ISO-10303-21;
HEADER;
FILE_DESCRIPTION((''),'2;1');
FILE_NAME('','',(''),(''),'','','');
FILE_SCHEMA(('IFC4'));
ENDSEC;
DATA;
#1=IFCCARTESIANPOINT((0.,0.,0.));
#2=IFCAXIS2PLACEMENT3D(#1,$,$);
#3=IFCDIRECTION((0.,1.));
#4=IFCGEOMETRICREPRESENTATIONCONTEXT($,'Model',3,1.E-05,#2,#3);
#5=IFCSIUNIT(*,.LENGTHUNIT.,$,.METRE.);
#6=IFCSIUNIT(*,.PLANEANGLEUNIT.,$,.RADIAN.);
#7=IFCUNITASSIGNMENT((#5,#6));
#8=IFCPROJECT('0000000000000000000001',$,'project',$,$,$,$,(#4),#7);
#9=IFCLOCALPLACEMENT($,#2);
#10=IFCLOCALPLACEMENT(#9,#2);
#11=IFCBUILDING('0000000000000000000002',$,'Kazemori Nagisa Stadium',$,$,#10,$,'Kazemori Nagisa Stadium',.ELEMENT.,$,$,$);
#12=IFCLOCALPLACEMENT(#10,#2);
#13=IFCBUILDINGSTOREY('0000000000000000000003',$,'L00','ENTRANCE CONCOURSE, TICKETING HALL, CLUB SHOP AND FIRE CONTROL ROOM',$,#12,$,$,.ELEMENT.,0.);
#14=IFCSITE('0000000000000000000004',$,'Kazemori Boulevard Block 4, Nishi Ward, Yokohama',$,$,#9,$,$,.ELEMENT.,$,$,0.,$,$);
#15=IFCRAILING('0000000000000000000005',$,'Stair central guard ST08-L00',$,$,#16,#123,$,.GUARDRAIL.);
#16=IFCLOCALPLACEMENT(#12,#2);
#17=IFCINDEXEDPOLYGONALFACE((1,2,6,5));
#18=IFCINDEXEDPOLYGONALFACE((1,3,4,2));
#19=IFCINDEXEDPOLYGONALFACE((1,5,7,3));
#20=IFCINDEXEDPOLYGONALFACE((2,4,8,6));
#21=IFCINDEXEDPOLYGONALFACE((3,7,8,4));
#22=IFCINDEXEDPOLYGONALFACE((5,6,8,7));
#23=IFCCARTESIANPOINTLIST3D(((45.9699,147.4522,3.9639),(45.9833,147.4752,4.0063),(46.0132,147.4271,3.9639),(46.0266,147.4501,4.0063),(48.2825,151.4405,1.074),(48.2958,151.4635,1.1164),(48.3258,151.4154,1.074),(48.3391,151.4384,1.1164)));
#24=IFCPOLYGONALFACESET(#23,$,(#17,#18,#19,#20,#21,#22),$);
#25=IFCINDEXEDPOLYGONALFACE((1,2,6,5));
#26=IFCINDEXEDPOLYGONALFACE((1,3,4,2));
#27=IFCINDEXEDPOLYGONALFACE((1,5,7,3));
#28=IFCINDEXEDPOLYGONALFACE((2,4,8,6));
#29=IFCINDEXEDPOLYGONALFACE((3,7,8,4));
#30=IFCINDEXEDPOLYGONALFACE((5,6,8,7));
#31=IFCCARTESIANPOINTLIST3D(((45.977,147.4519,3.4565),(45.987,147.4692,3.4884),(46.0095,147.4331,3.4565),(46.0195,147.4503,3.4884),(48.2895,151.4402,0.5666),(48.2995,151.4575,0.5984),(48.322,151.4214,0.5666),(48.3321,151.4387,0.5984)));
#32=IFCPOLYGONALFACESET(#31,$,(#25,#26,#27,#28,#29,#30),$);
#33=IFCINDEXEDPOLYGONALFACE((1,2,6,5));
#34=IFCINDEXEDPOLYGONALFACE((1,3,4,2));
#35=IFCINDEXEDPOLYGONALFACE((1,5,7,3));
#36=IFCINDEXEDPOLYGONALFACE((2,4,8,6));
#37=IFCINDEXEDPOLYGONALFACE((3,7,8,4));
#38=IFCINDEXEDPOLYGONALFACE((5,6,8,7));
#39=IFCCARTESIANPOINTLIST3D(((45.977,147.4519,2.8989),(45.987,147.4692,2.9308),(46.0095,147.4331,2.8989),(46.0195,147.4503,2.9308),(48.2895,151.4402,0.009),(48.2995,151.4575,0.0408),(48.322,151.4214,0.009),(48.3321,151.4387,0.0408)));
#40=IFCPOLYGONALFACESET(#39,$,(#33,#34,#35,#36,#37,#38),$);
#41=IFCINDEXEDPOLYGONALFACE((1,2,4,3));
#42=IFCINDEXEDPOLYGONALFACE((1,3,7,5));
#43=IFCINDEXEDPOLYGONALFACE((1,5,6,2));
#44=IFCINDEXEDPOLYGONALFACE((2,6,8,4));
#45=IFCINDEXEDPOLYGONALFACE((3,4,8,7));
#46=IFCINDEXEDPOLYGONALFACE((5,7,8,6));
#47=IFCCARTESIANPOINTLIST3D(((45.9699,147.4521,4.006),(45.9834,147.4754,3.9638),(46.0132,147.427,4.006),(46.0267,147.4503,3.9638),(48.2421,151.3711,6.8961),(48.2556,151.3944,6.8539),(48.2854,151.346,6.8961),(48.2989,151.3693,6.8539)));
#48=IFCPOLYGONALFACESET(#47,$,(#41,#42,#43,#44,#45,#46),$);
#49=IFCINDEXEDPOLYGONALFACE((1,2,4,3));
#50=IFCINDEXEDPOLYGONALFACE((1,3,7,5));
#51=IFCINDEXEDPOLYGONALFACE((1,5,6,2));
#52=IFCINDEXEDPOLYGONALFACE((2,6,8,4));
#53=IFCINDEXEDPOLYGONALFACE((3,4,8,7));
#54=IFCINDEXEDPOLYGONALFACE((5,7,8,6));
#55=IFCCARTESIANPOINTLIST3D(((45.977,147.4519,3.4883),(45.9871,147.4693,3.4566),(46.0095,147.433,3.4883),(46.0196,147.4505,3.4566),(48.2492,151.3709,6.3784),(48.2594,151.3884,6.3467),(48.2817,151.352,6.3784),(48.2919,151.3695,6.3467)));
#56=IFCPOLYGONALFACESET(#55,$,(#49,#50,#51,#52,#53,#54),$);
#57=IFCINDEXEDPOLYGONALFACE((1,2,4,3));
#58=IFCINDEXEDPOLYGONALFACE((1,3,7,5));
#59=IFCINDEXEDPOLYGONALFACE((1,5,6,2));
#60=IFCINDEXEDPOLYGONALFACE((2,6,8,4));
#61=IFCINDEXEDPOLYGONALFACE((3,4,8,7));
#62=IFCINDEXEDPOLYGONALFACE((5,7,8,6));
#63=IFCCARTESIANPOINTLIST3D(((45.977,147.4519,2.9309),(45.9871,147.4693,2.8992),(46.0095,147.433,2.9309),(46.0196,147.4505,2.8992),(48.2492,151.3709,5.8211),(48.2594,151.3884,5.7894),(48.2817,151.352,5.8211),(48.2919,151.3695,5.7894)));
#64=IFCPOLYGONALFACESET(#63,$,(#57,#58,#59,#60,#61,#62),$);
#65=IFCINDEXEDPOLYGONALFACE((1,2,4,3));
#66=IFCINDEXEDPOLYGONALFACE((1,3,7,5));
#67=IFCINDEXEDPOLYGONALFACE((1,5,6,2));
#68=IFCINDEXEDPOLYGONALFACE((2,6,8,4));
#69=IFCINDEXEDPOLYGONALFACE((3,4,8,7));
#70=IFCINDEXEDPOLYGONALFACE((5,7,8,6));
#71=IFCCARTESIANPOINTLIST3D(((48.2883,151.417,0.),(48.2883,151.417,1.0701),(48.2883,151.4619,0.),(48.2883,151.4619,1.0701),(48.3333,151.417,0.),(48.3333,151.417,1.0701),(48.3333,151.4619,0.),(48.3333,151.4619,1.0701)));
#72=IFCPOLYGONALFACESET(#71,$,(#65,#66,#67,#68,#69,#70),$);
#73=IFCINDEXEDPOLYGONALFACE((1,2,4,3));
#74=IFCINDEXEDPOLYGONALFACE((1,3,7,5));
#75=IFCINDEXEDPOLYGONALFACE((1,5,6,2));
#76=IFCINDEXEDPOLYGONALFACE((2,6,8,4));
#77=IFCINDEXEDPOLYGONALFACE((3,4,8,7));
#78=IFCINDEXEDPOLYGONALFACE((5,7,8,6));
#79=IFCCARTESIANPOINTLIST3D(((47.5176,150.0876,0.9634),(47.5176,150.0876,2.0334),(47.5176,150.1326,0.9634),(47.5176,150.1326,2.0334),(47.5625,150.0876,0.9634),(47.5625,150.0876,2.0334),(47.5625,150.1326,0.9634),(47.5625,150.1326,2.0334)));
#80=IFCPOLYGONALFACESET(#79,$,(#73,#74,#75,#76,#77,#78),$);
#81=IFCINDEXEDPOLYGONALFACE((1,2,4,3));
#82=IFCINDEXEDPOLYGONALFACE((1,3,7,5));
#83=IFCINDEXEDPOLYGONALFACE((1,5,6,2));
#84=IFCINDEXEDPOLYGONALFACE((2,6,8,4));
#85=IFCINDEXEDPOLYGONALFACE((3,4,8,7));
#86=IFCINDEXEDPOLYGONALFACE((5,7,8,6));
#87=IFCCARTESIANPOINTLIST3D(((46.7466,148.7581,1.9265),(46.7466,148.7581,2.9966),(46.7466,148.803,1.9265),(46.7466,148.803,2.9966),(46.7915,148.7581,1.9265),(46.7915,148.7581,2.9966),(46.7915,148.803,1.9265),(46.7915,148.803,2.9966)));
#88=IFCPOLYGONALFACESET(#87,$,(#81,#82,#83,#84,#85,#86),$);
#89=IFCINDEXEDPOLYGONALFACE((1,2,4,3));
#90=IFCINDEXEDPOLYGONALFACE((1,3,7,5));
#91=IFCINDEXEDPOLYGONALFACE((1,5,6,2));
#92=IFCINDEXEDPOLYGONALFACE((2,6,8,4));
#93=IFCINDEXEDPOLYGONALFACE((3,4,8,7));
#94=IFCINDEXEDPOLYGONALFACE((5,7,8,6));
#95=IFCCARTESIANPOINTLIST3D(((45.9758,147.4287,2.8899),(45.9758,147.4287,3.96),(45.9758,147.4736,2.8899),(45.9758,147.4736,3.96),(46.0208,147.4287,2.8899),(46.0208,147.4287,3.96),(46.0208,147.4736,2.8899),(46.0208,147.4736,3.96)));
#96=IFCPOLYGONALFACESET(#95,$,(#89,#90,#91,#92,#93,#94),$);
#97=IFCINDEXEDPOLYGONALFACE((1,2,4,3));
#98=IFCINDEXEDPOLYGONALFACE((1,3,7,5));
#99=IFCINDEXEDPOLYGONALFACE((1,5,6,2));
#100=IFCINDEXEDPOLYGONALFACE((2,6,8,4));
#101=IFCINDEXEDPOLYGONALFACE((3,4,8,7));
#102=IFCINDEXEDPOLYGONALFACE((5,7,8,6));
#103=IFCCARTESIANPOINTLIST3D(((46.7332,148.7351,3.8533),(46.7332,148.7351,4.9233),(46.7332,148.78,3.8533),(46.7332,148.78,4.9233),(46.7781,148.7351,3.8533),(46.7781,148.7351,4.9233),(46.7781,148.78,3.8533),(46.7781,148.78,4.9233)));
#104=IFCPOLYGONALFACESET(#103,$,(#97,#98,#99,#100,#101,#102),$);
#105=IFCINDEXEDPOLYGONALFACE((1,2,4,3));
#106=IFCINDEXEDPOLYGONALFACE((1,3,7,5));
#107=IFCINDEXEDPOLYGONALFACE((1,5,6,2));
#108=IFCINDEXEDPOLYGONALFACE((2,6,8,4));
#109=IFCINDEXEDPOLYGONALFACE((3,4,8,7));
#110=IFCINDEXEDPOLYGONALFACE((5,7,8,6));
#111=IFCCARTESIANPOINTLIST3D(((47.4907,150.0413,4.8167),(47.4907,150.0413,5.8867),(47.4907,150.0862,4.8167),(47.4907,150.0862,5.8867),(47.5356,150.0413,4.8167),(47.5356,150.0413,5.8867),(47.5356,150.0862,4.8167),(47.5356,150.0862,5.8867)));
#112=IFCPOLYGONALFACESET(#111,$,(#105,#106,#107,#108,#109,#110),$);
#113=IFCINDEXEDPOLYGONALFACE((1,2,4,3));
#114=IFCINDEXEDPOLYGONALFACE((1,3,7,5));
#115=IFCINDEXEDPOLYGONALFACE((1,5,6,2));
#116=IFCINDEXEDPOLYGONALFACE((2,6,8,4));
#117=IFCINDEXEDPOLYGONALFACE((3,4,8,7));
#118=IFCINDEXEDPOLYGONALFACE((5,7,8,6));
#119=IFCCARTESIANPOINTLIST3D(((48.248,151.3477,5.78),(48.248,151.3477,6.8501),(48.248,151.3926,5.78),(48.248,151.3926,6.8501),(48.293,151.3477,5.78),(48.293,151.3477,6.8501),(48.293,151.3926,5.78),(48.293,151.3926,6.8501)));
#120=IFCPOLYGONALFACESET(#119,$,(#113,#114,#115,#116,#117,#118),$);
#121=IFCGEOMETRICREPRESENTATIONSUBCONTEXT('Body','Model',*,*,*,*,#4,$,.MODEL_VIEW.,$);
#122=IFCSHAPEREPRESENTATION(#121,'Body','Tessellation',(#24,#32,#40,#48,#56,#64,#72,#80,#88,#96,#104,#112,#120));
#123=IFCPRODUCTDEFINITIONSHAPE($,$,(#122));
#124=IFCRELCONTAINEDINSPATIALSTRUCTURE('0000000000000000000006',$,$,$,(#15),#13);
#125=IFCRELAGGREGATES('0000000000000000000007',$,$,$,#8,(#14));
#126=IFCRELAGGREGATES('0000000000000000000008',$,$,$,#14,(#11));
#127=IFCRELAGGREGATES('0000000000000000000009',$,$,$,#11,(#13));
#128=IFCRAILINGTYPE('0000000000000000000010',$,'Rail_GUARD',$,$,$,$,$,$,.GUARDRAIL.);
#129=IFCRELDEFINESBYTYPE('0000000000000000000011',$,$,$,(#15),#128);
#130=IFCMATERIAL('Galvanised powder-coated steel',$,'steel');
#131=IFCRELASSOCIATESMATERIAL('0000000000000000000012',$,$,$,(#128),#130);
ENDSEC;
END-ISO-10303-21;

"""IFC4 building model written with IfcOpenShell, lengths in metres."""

from ifc_helpers import new_model, si_unit, direction, frame, origin, origin_2d, place, context, subcontext, project, spatial, rectangle, extrude, material, type_object, element, save


model = new_model("IFC4")

# Units and contexts
model_context = context("Model", 3, precision=1e-05, world=origin(), true_north=direction((0.0, 1.0)))
body_context = subcontext(model_context, "Body", "Model", "MODEL_VIEW")
ifc_project = project(units=[si_unit("LENGTHUNIT", "METRE"), si_unit("PLANEANGLEUNIT", "RADIAN")], contexts=[model_context])

# Site, building, storey
site_placement = place(None, origin())
site = spatial("IfcSite", under=ifc_project, at=site_placement, Name="Kazemori Boulevard Block 4, Nishi Ward, Yokohama", CompositionType="ELEMENT", RefElevation=0.0)
building_placement = place(site_placement, origin())
building = spatial("IfcBuilding", under=site, at=building_placement, Name="Kazemori Nagisa Stadium", LongName="Kazemori Nagisa Stadium", CompositionType="ELEMENT")
storey_placement = place(building_placement, origin())
storey = spatial("IfcBuildingStorey", under=building, at=storey_placement, Name="L00", Description="ENTRANCE CONCOURSE, TICKETING HALL, CLUB SHOP AND FIRE CONTROL ROOM", CompositionType="ELEMENT", Elevation=0.0)

# Railing
ifc_material_1 = material(Name="Galvanised powder-coated steel", Category="steel")
railing_type_1 = type_object("IfcRailingType", Name="Rail_GUARD", PredefinedType="GUARDRAIL", material=ifc_material_1)
railing_1_placement = place(storey_placement, frame((48.3108, 151.4395, 0.0)))
element("IfcRailing", 1, at=railing_1_placement, inside=storey, type_object=railing_type_1, Name="Stair central guard ST08-L00", PredefinedType="GUARDRAIL", context=body_context, shape_type="SweptSolid", body=[
    extrude(rectangle(XDim=0.05, YDim=0.05, at=origin_2d()), frame((0.0, 0.0, 1.0952), z_axis=(-0.425006, -0.732992, 0.531123), x_axis=(0.865097, -0.501604, 0.0)), (0.0, 0.0, 1.0), 5.4412),
    extrude(rectangle(XDim=0.0376, YDim=0.0376, at=origin_2d()), frame((0.0, 0.0, 0.5825), z_axis=(-0.425006, -0.732992, 0.531123), x_axis=(0.865097, -0.501604, 0.0)), (0.0, 0.0, 1.0), 5.4412),
    extrude(rectangle(XDim=0.0376, YDim=0.0376, at=origin_2d()), frame((0.0, 0.0, 0.0249), z_axis=(-0.425006, -0.732992, 0.531123), x_axis=(0.865097, -0.501604, 0.0)), (0.0, 0.0, 1.0), 5.4412),
    extrude(rectangle(XDim=0.05, YDim=0.05, at=origin_2d()), frame((-2.3125, -3.9883, 3.9849), z_axis=(0.42286, 0.729316, 0.537855), x_axis=(-0.865105, 0.501591, 0.0)), (0.0, 0.0, 1.0), 5.3735),
    extrude(rectangle(XDim=0.0376, YDim=0.0376, at=origin_2d()), frame((-2.3125, -3.9883, 3.4724), z_axis=(0.42286, 0.729316, 0.537855), x_axis=(-0.865105, 0.501591, 0.0)), (0.0, 0.0, 1.0), 5.3735),
    extrude(rectangle(XDim=0.0376, YDim=0.0376, at=origin_2d()), frame((-2.3125, -3.9883, 2.915), z_axis=(0.42286, 0.729316, 0.537855), x_axis=(-0.865105, 0.501591, 0.0)), (0.0, 0.0, 1.0), 5.3735),
    extrude(rectangle(XDim=0.0449, YDim=0.0449, at=origin_2d()), origin(), (0.0, 0.0, 1.0), 1.0701),
    extrude(rectangle(XDim=0.0449, YDim=0.0449, at=origin_2d()), frame((-0.7708, -1.3293, 0.9634)), (0.0, 0.0, 1.0), 1.0701),
    extrude(rectangle(XDim=0.0449, YDim=0.0449, at=origin_2d()), frame((-1.5417, -2.6589, 1.9265)), (0.0, 0.0, 1.0), 1.0701),
    extrude(rectangle(XDim=0.0449, YDim=0.0449, at=origin_2d()), frame((-2.3125, -3.9883, 2.8899)), (0.0, 0.0, 1.0), 1.0701),
    extrude(rectangle(XDim=0.0449, YDim=0.0449, at=origin_2d()), frame((-1.5552, -2.6819, 3.8533)), (0.0, 0.0, 1.0), 1.0701),
    extrude(rectangle(XDim=0.0449, YDim=0.0449, at=origin_2d()), frame((-0.7976, -1.3757, 4.8167)), (0.0, 0.0, 1.0), 1.0701),
    extrude(rectangle(XDim=0.0449, YDim=0.0449, at=origin_2d()), frame((-0.0403, -0.0693, 5.78)), (0.0, 0.0, 1.0), 1.0701),
])

save(model, "model.ifc")
